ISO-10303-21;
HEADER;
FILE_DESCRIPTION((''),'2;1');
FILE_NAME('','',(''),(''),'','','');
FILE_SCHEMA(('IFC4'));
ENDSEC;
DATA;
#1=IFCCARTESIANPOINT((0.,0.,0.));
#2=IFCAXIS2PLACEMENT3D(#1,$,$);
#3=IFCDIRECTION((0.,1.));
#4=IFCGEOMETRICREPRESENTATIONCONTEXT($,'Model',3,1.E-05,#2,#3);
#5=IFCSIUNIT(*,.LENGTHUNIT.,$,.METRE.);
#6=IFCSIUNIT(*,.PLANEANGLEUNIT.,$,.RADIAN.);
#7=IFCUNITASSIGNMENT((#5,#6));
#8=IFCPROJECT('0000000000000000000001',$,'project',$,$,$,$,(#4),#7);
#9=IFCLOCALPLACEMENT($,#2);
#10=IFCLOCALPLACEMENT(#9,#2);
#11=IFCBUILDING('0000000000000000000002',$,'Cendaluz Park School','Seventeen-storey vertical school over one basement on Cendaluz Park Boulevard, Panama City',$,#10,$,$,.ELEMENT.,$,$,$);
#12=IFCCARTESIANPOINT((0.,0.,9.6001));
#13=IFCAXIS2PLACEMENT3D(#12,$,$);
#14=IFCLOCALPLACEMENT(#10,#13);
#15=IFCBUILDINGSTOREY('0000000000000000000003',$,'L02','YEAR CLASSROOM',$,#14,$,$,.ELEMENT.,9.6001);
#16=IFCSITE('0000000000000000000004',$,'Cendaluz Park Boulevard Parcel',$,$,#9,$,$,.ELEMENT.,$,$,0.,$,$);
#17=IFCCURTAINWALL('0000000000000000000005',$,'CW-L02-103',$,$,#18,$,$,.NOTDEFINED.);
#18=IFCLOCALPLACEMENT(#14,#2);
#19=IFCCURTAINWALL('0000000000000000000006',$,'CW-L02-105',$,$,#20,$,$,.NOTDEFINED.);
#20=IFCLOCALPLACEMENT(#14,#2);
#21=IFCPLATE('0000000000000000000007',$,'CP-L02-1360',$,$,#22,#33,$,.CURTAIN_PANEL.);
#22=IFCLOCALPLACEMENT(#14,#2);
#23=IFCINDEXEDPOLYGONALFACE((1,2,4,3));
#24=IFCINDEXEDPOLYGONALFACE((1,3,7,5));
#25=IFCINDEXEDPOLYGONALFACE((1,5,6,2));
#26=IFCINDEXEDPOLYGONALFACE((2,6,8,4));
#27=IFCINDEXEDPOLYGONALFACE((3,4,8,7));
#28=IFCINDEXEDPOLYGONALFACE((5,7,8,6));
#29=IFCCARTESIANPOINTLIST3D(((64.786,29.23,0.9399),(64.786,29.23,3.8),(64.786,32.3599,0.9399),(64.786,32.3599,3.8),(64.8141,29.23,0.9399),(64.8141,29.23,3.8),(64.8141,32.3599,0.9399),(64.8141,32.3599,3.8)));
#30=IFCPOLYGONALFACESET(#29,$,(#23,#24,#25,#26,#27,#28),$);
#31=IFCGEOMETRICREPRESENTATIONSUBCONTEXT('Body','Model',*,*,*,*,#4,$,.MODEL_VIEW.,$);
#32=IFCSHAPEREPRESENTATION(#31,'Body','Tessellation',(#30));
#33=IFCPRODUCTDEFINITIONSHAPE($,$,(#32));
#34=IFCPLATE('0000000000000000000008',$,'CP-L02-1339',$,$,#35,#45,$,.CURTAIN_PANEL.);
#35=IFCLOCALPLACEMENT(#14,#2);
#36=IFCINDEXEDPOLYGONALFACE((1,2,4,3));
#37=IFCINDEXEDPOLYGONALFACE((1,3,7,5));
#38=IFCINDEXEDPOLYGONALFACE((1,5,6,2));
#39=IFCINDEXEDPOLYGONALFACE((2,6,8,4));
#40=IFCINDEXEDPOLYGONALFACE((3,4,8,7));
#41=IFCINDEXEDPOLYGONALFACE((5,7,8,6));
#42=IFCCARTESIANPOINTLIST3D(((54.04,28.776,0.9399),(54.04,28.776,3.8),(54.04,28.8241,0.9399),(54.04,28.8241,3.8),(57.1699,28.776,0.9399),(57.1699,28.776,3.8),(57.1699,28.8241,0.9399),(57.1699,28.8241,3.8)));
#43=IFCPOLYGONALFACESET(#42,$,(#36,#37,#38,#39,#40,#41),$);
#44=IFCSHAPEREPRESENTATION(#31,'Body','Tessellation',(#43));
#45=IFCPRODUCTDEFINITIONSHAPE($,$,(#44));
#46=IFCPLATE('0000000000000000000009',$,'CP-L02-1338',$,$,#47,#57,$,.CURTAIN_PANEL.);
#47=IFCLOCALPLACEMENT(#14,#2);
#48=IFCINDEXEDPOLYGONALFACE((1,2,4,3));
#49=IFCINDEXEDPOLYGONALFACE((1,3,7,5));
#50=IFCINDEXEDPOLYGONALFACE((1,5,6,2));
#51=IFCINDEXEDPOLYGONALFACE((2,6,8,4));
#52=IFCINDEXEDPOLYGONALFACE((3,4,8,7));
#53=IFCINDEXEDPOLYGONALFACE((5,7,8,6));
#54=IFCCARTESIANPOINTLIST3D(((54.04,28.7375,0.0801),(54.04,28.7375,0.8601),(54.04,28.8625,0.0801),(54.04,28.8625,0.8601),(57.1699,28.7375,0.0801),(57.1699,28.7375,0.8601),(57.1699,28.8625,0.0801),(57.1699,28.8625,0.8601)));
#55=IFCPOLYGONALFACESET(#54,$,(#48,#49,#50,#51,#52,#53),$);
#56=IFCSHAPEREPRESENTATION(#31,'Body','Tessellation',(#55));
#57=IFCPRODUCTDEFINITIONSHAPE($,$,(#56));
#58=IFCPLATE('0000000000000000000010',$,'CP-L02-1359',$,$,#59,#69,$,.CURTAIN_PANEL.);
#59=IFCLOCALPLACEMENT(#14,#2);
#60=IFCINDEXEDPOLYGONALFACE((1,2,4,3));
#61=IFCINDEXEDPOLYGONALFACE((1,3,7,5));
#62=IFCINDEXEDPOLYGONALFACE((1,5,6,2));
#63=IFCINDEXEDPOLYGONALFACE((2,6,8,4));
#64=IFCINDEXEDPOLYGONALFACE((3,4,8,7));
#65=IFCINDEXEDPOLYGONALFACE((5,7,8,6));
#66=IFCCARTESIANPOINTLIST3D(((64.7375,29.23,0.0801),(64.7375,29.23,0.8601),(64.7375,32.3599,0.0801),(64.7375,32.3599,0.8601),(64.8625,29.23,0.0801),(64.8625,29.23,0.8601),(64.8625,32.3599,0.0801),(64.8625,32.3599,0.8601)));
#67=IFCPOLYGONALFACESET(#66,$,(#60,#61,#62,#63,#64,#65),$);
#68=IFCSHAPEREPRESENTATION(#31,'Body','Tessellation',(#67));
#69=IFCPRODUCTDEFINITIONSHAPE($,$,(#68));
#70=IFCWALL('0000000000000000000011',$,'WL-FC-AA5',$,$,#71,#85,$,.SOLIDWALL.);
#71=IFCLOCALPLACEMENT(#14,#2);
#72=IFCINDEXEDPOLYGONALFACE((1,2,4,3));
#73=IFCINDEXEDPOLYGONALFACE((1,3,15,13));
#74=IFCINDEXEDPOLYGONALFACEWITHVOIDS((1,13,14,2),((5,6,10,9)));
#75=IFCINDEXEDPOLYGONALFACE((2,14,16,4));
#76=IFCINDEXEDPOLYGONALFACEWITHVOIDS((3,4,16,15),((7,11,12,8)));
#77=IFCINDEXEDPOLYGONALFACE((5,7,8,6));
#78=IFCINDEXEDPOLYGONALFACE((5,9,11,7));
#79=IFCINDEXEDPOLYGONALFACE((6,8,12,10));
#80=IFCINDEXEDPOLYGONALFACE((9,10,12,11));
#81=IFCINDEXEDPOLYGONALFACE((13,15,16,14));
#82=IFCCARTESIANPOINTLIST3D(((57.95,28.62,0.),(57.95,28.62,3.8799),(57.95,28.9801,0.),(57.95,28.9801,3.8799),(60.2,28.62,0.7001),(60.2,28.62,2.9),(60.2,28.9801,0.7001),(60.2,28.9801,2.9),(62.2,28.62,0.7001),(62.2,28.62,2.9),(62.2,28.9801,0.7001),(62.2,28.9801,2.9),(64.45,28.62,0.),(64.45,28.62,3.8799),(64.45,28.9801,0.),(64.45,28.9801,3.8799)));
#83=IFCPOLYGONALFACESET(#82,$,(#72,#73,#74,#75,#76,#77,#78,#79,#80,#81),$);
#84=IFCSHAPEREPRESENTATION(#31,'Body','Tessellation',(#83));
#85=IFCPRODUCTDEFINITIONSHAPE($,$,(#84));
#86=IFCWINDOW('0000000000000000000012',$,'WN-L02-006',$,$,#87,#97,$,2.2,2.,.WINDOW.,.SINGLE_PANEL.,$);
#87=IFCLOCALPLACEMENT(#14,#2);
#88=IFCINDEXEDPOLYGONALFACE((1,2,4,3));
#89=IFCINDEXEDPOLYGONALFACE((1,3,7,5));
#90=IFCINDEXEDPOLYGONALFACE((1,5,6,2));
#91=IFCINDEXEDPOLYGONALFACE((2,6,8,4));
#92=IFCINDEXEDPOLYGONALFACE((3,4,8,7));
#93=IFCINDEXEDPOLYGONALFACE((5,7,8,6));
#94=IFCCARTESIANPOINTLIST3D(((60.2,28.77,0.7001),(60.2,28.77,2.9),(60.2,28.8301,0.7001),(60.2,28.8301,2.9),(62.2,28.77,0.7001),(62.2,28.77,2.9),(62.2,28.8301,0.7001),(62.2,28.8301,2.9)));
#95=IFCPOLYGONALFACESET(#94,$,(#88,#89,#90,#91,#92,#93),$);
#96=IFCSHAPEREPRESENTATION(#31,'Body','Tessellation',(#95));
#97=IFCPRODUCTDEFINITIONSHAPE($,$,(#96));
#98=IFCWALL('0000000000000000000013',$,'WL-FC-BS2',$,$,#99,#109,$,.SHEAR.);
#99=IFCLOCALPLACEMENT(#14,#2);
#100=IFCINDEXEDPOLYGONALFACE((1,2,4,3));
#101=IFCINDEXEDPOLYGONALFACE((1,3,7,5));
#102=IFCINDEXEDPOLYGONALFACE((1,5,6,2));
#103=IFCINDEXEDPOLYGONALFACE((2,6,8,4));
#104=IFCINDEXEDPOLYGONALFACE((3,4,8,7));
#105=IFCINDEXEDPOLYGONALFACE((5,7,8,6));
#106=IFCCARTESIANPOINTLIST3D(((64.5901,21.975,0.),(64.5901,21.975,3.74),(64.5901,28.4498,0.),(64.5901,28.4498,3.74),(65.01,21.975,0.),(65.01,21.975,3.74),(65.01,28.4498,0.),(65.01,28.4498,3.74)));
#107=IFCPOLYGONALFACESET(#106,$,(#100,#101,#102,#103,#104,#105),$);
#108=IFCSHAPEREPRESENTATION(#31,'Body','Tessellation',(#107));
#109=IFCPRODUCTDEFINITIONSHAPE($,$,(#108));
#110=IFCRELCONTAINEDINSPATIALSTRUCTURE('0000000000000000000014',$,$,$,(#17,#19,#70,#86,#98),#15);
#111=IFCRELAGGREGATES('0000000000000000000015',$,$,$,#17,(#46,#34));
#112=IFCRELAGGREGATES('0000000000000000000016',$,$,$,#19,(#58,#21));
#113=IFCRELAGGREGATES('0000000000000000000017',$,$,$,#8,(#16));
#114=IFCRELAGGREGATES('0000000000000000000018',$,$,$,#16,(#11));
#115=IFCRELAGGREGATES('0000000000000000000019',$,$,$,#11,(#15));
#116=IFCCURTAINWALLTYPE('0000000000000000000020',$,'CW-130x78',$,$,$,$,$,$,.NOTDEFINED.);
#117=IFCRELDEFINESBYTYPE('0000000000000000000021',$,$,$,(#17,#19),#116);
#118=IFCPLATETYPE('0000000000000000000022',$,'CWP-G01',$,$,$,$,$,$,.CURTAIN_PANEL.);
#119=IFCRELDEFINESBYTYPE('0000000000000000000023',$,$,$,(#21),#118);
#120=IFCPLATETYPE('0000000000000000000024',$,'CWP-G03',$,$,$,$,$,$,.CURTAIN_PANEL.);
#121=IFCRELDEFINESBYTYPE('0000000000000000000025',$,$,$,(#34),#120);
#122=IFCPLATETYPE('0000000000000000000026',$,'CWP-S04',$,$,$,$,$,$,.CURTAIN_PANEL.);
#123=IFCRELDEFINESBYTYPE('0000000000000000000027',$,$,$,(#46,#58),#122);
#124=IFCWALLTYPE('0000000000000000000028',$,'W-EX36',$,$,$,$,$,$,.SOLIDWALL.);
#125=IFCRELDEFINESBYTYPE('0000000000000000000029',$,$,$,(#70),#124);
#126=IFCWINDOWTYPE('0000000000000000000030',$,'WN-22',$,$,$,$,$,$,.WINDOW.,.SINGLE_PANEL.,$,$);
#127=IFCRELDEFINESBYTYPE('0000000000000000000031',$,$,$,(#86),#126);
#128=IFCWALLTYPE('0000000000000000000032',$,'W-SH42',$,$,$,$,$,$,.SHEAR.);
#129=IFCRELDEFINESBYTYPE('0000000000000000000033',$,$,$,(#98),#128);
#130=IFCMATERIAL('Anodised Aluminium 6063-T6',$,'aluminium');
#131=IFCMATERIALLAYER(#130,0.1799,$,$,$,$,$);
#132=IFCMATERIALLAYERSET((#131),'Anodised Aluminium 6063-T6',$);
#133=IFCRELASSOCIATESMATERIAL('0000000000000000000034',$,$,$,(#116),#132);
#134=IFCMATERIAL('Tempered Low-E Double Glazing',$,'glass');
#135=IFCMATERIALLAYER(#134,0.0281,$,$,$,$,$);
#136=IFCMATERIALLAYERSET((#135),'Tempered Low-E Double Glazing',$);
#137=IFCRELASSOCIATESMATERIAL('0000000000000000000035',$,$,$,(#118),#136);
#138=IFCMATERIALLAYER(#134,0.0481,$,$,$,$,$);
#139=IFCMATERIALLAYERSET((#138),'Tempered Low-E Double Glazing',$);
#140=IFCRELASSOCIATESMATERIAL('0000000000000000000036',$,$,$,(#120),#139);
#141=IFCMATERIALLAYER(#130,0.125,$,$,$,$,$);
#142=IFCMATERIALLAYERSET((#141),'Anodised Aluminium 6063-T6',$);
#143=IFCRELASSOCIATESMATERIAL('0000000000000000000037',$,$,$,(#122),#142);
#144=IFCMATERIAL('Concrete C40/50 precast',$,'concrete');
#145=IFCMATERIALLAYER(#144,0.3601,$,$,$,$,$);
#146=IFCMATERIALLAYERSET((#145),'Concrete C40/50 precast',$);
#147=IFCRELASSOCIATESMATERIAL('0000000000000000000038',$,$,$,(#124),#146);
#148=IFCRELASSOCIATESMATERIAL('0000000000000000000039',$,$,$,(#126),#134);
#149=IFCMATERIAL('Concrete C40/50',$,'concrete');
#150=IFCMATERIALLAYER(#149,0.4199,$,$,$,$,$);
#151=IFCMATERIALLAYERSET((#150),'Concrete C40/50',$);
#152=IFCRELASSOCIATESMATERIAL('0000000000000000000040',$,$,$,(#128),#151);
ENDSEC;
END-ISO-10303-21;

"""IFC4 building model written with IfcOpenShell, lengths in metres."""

from ifc_helpers import new_model, si_unit, direction, frame, frame_2d, origin, origin_2d, place, context, subcontext, project, spatial, rectangle, extrude, material, layer, layer_set, type_object, element, fill, aggregate, save


model = new_model("IFC4")

# Units and contexts
model_context = context("Model", 3, precision=1e-05, world=origin(), true_north=direction((0.0, 1.0)))
body_context = subcontext(model_context, "Body", "Model", "MODEL_VIEW")
ifc_project = project(units=[si_unit("LENGTHUNIT", "METRE"), si_unit("PLANEANGLEUNIT", "RADIAN")], contexts=[model_context])

# Site, building, storey
site_placement = place(None, origin())
site = spatial("IfcSite", under=ifc_project, at=site_placement, Name="Cendaluz Park Boulevard Parcel", CompositionType="ELEMENT", RefElevation=0.0)
building_placement = place(site_placement, origin())
building = spatial("IfcBuilding", under=site, at=building_placement, Name="Cendaluz Park School", Description="Seventeen-storey vertical school over one basement on Cendaluz Park Boulevard, Panama City", CompositionType="ELEMENT")
storey_placement = place(building_placement, frame((0.0, 0.0, 9.6001)))
storey = spatial("IfcBuildingStorey", under=building, at=storey_placement, Name="L02", Description="YEAR CLASSROOM", CompositionType="ELEMENT", Elevation=9.6001)

# Shared definitions
ifc_material_1 = material(Name="Concrete C40/50", Category="concrete")

# Curtain wall
ifc_material_2 = material(Name="Anodised Aluminium 6063-T6", Category="aluminium")
ifc_layer_1 = layer(ifc_material_2, 0.1799)
ifc_layer_set_1 = layer_set([ifc_layer_1], Name="Anodised Aluminium 6063-T6")
curtain_wall_type = type_object("IfcCurtainWallType", Name="CW-130x78", PredefinedType="NOTDEFINED", material=ifc_layer_set_1)
curtain_wall_1_placement = place(storey_placement, origin())
curtain_wall_1 = element("IfcCurtainWall", 1, at=curtain_wall_1_placement, inside=storey, type_object=curtain_wall_type, Name="CW-L02-103", PredefinedType="NOTDEFINED")

# Curtain wall
curtain_wall_2_placement = place(storey_placement, origin())
curtain_wall_2 = element("IfcCurtainWall", 2, at=curtain_wall_2_placement, inside=storey, type_object=curtain_wall_type, Name="CW-L02-105", PredefinedType="NOTDEFINED")

# Plates
ifc_material_3 = material(Name="Tempered Low-E Double Glazing", Category="glass")
ifc_layer_2 = layer(ifc_material_3, 0.0281)
ifc_layer_set_2 = layer_set([ifc_layer_2], Name="Tempered Low-E Double Glazing")
plate_type_1 = type_object("IfcPlateType", Name="CWP-G01", PredefinedType="CURTAIN_PANEL", material=ifc_layer_set_2)
plate_1_placement = place(storey_placement, frame((64.8, 30.7949, 0.9399), z_axis=(0.0, 0.0, 1.0), x_axis=(0.0, 1.0, 0.0)))
plate_1 = element("IfcPlate", 3, at=plate_1_placement, type_object=plate_type_1, Name="CP-L02-1360", PredefinedType="CURTAIN_PANEL", context=body_context, shape_type="SweptSolid", body=[
    extrude(rectangle(XDim=3.1299, YDim=0.0281, at=origin_2d()), origin(), (0.0, 0.0, 1.0), 2.8601),
])
ifc_layer_3 = layer(ifc_material_3, 0.0481)
ifc_layer_set_3 = layer_set([ifc_layer_3], Name="Tempered Low-E Double Glazing")
plate_type_2 = type_object("IfcPlateType", Name="CWP-G03", PredefinedType="CURTAIN_PANEL", material=ifc_layer_set_3)
plate_2_placement = place(storey_placement, frame((55.605, 28.8, 0.9399), z_axis=(0.0, 0.0, 1.0), x_axis=(1.0, 0.0, 0.0)))
plate_2 = element("IfcPlate", 4, at=plate_2_placement, type_object=plate_type_2, Name="CP-L02-1339", PredefinedType="CURTAIN_PANEL", context=body_context, shape_type="SweptSolid", body=[
    extrude(rectangle(XDim=3.1299, YDim=0.0481, at=origin_2d()), origin(), (0.0, 0.0, 1.0), 2.8601),
])
ifc_layer_4 = layer(ifc_material_2, 0.125)
ifc_layer_set_4 = layer_set([ifc_layer_4], Name="Anodised Aluminium 6063-T6")
plate_type_3 = type_object("IfcPlateType", Name="CWP-S04", PredefinedType="CURTAIN_PANEL", material=ifc_layer_set_4)
plate_3_placement = place(storey_placement, frame((55.605, 28.8, 0.0801), z_axis=(0.0, 0.0, 1.0), x_axis=(1.0, 0.0, 0.0)))
plate_3 = element("IfcPlate", 5, at=plate_3_placement, type_object=plate_type_3, Name="CP-L02-1338", PredefinedType="CURTAIN_PANEL", context=body_context, shape_type="SweptSolid", body=[
    extrude(rectangle(XDim=3.1299, YDim=0.125, at=origin_2d()), origin(), (0.0, 0.0, 1.0), 0.78),
])
aggregate(curtain_wall_1, [plate_3, plate_2])
plate_4_placement = place(storey_placement, frame((64.8, 30.7949, 0.0801), z_axis=(0.0, 0.0, 1.0), x_axis=(0.0, 1.0, 0.0)))
plate_4 = element("IfcPlate", 6, at=plate_4_placement, type_object=plate_type_3, Name="CP-L02-1359", PredefinedType="CURTAIN_PANEL", context=body_context, shape_type="SweptSolid", body=[
    extrude(rectangle(XDim=3.1299, YDim=0.125, at=origin_2d()), origin(), (0.0, 0.0, 1.0), 0.78),
])
aggregate(curtain_wall_2, [plate_4, plate_1])

# Wall, opening, window
ifc_material_4 = material(Name="Concrete C40/50 precast", Category="concrete")
ifc_layer_5 = layer(ifc_material_4, 0.3601)
ifc_layer_set_5 = layer_set([ifc_layer_5], Name="Concrete C40/50 precast")
wall_type_1 = type_object("IfcWallType", Name="W-EX36", PredefinedType="SOLIDWALL", material=ifc_layer_set_5)
wall_1_placement = place(storey_placement, frame((57.95, 28.8, 0.0), z_axis=(0.0, 0.0, 1.0), x_axis=(1.0, 0.0, 0.0)))
wall_1 = element("IfcWall", 7, at=wall_1_placement, inside=storey, type_object=wall_type_1, Name="WL-FC-AA5", PredefinedType="SOLIDWALL", context=body_context, shape_type="SweptSolid", body=[
    extrude(rectangle(XDim=6.5, YDim=0.3601, at=frame_2d((3.25, 0.0))), origin(), (0.0, 0.0, 1.0), 3.8799),
])
opening_placement = place(wall_1_placement, frame((2.25, 0.0, 0.7)))
opening = element("IfcOpeningElement", 8, at=opening_placement, cuts=wall_1, PredefinedType="OPENING", context=body_context, shape_type="SweptSolid", body=[
    extrude(rectangle(XDim=2.0, YDim=2.2, at=frame_2d((1.0, 1.1001))), frame((0.0, 0.1921, 0.0), z_axis=(0.0, -1.0, 0.0), x_axis=(1.0, 0.0, 0.0)), (0.0, 0.0, 1.0), 0.384),
])
window_type = type_object("IfcWindowType", Name="WN-22", PartitioningType="SINGLE_PANEL", PredefinedType="WINDOW", material=ifc_material_3)
window_placement = place(opening_placement, origin())
window = element("IfcWindow", 9, at=window_placement, inside=storey, type_object=window_type, Name="WN-L02-006", OverallHeight=2.2, OverallWidth=2.0, PartitioningType="SINGLE_PANEL", PredefinedType="WINDOW", context=body_context, shape_type="SweptSolid", body=[
    extrude(rectangle(XDim=2.0, YDim=2.2, at=frame_2d((1.0, 1.1001))), frame((0.0, 0.03, 0.0), z_axis=(0.0, -1.0, 0.0), x_axis=(1.0, 0.0, 0.0)), (0.0, 0.0, 1.0), 0.0601),
])
fill(opening, window)

# Wall
ifc_layer_6 = layer(ifc_material_1, 0.4199)
ifc_layer_set_6 = layer_set([ifc_layer_6], Name="Concrete C40/50")
wall_type_2 = type_object("IfcWallType", Name="W-SH42", PredefinedType="SHEAR", material=ifc_layer_set_6)
wall_2_placement = place(storey_placement, frame((64.8, 21.9751, 0.0), z_axis=(0.0, 0.0, 1.0), x_axis=(0.0, 1.0, 0.0)))
element("IfcWall", 10, at=wall_2_placement, inside=storey, type_object=wall_type_2, Name="WL-FC-BS2", PredefinedType="SHEAR", context=body_context, shape_type="SweptSolid", body=[
    extrude(rectangle(XDim=6.4749, YDim=0.4199, at=frame_2d((3.2373, 0.0))), origin(), (0.0, 0.0, 1.0), 3.74),
])

save(model, "model.ifc")
